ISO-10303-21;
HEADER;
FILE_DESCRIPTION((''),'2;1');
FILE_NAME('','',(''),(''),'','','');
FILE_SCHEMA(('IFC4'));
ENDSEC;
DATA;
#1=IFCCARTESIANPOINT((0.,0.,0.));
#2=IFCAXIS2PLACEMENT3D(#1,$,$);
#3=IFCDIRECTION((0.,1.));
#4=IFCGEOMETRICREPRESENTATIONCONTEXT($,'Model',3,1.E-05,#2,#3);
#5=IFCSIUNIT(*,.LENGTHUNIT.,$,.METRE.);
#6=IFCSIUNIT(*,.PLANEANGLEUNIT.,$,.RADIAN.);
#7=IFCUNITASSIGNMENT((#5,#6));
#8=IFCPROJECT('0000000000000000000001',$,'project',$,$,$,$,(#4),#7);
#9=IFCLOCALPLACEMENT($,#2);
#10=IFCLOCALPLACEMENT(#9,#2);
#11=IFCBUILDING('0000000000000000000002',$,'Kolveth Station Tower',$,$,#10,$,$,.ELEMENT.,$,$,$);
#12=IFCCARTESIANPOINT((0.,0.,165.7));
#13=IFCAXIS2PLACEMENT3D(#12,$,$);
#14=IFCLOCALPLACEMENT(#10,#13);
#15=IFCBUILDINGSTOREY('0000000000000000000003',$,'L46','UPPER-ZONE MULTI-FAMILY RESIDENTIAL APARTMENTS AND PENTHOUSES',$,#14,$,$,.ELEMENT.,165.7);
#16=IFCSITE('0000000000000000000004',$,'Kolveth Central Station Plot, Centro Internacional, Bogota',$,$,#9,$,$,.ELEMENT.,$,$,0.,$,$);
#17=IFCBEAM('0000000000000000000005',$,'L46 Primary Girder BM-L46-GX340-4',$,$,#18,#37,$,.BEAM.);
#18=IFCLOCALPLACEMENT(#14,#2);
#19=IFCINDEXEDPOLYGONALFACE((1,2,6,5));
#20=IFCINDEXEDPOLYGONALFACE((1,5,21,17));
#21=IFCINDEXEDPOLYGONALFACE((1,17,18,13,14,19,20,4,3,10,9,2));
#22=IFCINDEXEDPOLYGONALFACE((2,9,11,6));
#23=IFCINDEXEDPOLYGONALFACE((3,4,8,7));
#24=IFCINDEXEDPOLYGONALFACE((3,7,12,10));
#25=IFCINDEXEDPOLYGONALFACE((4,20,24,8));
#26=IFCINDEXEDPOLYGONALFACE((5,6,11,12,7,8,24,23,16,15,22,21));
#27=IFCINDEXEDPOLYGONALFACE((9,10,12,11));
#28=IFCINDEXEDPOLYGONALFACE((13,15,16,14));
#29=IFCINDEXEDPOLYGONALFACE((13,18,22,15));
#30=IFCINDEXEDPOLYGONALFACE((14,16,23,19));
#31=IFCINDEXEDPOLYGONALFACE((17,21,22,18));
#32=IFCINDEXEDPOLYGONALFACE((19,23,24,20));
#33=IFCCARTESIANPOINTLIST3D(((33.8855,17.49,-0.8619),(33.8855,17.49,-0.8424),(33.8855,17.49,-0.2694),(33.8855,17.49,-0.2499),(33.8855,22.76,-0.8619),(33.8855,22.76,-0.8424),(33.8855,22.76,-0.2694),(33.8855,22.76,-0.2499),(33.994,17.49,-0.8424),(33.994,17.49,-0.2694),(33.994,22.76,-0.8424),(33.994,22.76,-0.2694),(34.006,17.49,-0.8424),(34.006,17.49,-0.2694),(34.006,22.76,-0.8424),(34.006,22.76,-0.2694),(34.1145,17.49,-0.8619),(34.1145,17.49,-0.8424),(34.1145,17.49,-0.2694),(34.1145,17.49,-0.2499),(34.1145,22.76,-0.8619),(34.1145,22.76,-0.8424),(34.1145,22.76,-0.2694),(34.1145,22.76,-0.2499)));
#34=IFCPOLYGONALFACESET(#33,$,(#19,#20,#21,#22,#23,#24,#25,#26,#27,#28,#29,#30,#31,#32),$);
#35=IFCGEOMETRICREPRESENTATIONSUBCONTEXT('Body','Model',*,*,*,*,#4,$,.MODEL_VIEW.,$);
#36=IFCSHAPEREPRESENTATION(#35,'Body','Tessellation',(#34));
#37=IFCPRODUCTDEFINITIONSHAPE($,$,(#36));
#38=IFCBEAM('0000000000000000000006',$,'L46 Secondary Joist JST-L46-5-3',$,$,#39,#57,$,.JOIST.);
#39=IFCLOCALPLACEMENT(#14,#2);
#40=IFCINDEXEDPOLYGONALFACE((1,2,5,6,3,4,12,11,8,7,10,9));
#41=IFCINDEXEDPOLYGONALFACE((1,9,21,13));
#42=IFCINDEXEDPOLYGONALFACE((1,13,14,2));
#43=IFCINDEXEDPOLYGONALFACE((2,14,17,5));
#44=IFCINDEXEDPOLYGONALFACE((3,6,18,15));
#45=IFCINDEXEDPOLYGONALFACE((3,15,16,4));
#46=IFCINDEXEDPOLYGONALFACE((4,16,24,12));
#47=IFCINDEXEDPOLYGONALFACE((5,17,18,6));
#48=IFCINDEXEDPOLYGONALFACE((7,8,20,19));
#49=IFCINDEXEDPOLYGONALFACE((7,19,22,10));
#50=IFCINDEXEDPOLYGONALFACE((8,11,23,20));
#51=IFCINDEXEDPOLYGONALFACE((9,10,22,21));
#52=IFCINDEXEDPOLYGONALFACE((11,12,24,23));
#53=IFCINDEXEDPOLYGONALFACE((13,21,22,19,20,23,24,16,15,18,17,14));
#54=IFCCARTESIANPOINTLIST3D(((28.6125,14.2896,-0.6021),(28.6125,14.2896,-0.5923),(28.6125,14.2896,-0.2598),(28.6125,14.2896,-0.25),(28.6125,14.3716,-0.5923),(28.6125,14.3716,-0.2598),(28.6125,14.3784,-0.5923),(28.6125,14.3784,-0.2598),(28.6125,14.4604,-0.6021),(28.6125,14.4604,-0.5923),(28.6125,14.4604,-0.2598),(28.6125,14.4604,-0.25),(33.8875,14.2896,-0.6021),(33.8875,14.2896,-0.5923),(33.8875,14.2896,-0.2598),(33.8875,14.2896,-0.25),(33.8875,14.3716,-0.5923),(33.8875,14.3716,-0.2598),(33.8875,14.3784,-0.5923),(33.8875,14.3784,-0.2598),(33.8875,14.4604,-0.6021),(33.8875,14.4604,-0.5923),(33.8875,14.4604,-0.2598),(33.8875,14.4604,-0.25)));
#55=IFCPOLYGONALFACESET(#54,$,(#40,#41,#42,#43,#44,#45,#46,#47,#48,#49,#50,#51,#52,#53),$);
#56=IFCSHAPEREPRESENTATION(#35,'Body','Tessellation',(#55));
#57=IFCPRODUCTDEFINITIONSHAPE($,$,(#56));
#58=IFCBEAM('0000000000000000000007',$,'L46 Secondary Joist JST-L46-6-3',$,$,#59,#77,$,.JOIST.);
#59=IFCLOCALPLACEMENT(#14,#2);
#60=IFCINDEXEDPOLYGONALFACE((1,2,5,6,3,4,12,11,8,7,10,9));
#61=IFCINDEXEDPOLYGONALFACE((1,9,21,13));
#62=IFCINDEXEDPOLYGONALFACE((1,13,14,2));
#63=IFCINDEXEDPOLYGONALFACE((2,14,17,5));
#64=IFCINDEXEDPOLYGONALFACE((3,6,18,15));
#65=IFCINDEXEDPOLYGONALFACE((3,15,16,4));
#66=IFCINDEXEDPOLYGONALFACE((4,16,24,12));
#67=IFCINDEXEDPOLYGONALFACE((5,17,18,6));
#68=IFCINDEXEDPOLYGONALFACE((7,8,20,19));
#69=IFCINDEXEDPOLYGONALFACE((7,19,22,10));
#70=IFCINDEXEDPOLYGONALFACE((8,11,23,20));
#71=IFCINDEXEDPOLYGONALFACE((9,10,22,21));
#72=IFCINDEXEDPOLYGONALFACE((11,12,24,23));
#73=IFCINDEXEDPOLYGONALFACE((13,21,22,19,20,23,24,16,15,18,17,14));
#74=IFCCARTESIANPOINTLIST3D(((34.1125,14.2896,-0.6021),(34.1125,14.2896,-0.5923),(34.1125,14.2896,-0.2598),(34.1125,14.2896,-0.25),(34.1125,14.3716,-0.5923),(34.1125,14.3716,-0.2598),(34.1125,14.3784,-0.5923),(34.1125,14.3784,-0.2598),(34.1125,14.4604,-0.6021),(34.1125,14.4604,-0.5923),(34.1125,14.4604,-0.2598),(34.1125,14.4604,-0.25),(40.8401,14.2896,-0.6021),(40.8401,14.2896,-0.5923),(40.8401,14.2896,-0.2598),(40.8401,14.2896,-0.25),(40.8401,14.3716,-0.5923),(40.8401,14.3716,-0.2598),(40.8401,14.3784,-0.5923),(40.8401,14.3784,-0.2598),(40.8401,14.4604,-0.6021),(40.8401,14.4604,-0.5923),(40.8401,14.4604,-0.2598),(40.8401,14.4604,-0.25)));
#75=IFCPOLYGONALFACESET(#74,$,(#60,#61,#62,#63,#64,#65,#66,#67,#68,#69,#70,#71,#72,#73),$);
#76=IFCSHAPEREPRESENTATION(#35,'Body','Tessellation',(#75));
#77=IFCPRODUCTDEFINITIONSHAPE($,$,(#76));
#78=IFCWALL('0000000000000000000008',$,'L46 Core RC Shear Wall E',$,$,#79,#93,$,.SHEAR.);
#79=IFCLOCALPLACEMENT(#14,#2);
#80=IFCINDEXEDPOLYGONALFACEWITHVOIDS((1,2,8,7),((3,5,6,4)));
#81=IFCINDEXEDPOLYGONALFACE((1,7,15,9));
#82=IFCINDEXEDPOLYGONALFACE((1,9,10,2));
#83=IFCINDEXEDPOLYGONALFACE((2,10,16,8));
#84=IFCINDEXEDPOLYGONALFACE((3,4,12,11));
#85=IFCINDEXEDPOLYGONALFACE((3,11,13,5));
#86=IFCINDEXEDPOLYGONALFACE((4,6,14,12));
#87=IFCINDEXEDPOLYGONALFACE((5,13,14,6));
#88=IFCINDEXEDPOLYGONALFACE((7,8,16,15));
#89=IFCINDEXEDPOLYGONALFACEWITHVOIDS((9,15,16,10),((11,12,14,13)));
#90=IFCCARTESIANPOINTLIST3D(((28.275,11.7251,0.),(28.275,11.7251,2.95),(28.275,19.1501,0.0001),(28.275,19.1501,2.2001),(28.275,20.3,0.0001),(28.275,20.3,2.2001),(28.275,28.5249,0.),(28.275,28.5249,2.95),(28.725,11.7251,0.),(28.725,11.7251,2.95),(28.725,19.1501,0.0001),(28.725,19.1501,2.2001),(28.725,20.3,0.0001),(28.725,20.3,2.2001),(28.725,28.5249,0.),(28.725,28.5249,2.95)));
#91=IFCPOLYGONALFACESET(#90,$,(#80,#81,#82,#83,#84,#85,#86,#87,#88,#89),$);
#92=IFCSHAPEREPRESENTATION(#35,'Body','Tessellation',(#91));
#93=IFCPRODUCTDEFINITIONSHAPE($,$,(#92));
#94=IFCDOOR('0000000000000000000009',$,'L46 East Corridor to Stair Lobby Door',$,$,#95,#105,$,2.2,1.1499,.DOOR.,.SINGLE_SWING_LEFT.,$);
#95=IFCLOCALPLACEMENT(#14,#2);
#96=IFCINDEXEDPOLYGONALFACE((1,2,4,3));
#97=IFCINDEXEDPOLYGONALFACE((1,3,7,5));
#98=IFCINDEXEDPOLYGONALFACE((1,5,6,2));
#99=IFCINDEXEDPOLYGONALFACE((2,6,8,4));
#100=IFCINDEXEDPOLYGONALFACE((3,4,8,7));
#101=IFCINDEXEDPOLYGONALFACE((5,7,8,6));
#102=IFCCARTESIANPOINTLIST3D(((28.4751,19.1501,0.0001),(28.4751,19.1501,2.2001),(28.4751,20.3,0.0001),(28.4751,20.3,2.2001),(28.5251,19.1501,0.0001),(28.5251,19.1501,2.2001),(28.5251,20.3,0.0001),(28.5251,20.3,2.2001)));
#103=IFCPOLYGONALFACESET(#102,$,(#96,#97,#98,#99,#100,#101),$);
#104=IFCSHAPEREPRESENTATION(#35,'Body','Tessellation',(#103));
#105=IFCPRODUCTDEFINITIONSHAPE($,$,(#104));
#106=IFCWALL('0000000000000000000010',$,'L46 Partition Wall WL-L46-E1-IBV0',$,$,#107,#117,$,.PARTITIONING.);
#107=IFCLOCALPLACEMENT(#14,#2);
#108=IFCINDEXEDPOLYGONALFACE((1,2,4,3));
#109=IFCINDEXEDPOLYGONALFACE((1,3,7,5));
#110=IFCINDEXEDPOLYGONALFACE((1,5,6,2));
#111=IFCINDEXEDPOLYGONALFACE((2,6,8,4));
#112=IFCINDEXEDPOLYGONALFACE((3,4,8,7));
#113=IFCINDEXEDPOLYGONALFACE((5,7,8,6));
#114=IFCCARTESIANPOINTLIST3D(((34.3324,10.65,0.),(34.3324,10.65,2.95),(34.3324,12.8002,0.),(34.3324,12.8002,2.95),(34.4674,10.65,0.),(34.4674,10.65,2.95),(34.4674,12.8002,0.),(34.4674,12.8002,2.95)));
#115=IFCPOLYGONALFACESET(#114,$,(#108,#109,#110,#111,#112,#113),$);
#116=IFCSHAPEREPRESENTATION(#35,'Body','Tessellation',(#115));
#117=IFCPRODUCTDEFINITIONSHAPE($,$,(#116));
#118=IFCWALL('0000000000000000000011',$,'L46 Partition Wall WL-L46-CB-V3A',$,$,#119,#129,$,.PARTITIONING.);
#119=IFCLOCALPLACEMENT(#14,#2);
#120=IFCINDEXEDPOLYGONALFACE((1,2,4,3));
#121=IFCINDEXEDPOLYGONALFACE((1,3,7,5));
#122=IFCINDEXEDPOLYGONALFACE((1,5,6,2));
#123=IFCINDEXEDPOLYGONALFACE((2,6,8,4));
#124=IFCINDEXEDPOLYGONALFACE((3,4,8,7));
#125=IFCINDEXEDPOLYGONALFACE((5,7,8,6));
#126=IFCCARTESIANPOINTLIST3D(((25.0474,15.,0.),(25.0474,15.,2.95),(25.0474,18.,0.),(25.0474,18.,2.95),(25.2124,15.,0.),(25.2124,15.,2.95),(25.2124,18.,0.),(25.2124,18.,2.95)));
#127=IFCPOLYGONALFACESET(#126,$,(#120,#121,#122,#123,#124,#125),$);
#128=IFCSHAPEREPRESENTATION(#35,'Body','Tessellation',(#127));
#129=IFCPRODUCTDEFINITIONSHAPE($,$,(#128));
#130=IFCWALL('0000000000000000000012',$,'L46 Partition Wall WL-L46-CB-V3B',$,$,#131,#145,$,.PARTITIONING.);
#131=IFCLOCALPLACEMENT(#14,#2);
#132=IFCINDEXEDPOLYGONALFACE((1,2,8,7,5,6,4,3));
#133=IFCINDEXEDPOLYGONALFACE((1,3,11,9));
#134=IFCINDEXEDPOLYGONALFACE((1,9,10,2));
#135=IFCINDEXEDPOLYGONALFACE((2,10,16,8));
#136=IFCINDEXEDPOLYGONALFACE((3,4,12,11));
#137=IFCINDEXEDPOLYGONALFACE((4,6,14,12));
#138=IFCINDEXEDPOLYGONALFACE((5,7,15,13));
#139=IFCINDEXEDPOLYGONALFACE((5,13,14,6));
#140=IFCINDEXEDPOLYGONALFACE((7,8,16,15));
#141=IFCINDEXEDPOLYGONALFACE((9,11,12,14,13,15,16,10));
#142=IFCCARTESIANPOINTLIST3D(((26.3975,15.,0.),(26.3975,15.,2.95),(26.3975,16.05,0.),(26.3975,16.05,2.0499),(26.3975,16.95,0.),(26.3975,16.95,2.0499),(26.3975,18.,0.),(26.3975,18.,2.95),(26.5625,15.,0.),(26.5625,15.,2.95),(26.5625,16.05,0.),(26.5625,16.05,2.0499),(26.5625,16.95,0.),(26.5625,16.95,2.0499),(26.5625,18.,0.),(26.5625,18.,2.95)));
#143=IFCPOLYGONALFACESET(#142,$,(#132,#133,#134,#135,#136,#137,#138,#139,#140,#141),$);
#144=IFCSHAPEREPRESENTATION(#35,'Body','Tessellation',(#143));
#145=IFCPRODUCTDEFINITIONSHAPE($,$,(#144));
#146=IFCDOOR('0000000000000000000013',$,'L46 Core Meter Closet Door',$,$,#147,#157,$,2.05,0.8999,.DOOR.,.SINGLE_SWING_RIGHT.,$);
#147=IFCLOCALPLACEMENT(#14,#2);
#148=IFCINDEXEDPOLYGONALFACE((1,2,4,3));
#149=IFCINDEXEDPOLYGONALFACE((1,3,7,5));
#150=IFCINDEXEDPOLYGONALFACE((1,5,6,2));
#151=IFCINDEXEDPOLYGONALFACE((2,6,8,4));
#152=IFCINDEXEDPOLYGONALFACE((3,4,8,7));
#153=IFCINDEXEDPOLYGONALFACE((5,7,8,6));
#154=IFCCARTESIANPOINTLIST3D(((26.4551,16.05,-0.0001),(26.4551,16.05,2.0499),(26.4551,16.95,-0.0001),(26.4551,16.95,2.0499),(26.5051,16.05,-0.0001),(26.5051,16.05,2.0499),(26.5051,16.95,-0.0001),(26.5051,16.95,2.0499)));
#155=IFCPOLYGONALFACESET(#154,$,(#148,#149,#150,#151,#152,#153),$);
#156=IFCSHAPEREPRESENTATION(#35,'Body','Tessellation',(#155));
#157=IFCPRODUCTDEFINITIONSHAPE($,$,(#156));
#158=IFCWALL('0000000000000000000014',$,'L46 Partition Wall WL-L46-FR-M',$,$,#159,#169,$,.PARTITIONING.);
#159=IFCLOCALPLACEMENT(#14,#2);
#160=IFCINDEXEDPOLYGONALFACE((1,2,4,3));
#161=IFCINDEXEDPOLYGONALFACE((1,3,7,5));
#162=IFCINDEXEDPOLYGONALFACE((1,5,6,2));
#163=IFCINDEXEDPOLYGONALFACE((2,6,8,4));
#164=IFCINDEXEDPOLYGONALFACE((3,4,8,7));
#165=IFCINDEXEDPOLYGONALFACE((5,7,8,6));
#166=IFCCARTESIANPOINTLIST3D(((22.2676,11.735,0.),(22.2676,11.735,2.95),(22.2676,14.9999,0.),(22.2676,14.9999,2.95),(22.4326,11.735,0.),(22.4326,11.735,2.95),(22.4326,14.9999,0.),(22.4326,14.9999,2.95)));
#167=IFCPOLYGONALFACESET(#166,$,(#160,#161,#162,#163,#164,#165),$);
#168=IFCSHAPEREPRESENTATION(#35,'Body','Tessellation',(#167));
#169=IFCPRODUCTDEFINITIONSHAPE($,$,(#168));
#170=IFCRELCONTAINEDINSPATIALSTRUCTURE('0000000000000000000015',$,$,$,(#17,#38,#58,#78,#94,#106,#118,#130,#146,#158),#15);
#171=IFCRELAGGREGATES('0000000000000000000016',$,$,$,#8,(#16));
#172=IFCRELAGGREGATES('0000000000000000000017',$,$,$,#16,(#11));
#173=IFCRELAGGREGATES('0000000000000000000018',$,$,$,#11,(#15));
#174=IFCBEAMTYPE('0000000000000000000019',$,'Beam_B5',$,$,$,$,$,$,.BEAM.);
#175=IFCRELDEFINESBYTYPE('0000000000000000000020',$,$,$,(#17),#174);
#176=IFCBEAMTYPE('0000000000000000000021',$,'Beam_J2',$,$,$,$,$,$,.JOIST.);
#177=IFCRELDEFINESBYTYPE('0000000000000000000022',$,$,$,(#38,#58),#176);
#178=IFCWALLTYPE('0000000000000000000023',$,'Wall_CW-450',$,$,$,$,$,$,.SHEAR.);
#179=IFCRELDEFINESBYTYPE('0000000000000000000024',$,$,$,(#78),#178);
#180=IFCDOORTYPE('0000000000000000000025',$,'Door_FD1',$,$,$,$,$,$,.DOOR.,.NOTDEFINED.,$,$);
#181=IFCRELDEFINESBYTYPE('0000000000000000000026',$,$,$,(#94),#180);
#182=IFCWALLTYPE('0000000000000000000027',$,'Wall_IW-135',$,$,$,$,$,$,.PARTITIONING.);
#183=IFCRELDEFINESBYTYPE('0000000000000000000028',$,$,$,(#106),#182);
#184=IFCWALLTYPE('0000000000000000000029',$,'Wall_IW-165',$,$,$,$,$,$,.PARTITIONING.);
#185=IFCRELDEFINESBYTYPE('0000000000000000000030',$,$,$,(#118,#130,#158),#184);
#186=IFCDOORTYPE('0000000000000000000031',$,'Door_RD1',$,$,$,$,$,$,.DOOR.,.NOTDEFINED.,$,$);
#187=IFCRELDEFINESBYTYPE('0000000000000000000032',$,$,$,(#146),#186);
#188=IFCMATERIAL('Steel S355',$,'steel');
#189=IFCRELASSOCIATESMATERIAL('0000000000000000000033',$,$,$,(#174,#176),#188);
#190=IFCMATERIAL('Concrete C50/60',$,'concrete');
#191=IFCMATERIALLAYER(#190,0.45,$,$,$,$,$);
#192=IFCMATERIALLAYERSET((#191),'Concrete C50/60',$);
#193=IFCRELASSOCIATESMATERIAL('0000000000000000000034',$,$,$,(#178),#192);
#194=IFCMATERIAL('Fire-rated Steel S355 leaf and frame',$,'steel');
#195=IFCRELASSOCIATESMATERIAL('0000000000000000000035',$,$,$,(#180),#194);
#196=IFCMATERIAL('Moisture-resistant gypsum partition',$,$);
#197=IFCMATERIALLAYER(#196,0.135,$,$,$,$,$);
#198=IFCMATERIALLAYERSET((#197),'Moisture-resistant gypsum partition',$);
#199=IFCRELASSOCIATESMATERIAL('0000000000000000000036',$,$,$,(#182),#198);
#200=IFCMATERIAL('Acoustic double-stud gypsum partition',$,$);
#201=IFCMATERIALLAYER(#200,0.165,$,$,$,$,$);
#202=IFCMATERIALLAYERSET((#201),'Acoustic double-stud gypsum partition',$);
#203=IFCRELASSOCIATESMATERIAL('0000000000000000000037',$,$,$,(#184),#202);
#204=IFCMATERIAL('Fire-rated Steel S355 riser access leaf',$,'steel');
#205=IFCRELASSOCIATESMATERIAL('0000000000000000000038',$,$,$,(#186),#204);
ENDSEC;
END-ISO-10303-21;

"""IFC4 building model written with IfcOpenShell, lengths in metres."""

from ifc_helpers import new_model, si_unit, direction, frame, frame_2d, origin, origin_2d, place, context, subcontext, project, spatial, rectangle, i_section, extrude, source, transform, mapped, material, layer, layer_set, material_profile, profile_set, type_object, element, fill, save


model = new_model("IFC4")

# Units and contexts
model_context = context("Model", 3, precision=1e-05, world=origin(), true_north=direction((0.0, 1.0)))
body_context = subcontext(model_context, "Body", "Model", "MODEL_VIEW")
ifc_project = project(units=[si_unit("LENGTHUNIT", "METRE"), si_unit("PLANEANGLEUNIT", "RADIAN")], contexts=[model_context])

# Site, building, storey
site_placement = place(None, origin())
site = spatial("IfcSite", under=ifc_project, at=site_placement, Name="Kolveth Central Station Plot, Centro Internacional, Bogota", CompositionType="ELEMENT", RefElevation=0.0)
building_placement = place(site_placement, origin())
building = spatial("IfcBuilding", under=site, at=building_placement, Name="Kolveth Station Tower", CompositionType="ELEMENT")
storey_placement = place(building_placement, frame((0.0, 0.0, 165.7)))
storey = spatial("IfcBuildingStorey", under=building, at=storey_placement, Name="L46", Description="UPPER-ZONE MULTI-FAMILY RESIDENTIAL APARTMENTS AND PENTHOUSES", CompositionType="ELEMENT", Elevation=165.7)

# Shared definitions
ifc_material_1 = material(Name="Steel S355", Category="steel")

# Beams
ifc_material_profile_1 = material_profile(ifc_material_1, i_section(OverallWidth=0.229, OverallDepth=0.6121, WebThickness=0.012, FlangeThickness=0.0195, at=origin_2d()), Name="W610x125")
ifc_profile_set_1 = profile_set([ifc_material_profile_1], Name="Steel S355")
beam_type_1 = type_object("IfcBeamType", Name="Beam_B5", PredefinedType="BEAM", material=ifc_profile_set_1)
shared_shape_1 = source(origin(), body_context, "Body", "SweptSolid", [
    extrude(i_section(OverallWidth=0.229, OverallDepth=0.6121, WebThickness=0.012, FlangeThickness=0.0195, at=origin_2d()), origin(), (0.0, 0.0, 1.0), 5.27),
])
for number, where, z_axis, x_axis, name in (
    (1, (34.0, 17.49, -0.5559), (0.0, 1.0, 0.0), (-1.0, 0.0, 0.0), "L46 Primary Girder BM-L46-GX340-4"),
):
    element("IfcBeam", number, at=place(storey_placement, frame(where, z_axis=z_axis, x_axis=x_axis)), inside=storey, type_object=beam_type_1, Name=name, PredefinedType="BEAM", context=body_context, shape_type="MappedRepresentation", body=[
        mapped(shared_shape_1, transform((0.0, 0.0, 0.0), x_axis=(1.0, 0.0, 0.0), y_axis=(0.0, 1.0, 0.0), z_axis=(0.0, 0.0, 1.0), scale=1.0)),
    ])
ifc_material_profile_2 = material_profile(ifc_material_1, i_section(OverallWidth=0.1709, OverallDepth=0.3521, WebThickness=0.0068, FlangeThickness=0.0098, at=origin_2d()), Name="W360x44")
ifc_profile_set_2 = profile_set([ifc_material_profile_2], Name="Steel S355")
beam_type_2 = type_object("IfcBeamType", Name="Beam_J2", PredefinedType="JOIST", material=ifc_profile_set_2)
shared_shape_2 = source(origin(), body_context, "Body", "SweptSolid", [
    extrude(i_section(OverallWidth=0.1709, OverallDepth=0.3521, WebThickness=0.0068, FlangeThickness=0.0098, at=origin_2d()), origin(), (0.0, 0.0, 1.0), 5.2749),
])
beam_1_placement = place(storey_placement, frame((28.6125, 14.375, -0.426), z_axis=(1.0, 0.0, 0.0), x_axis=(0.0, 1.0, 0.0)))
element("IfcBeam", 2, at=beam_1_placement, inside=storey, type_object=beam_type_2, Name="L46 Secondary Joist JST-L46-5-3", PredefinedType="JOIST", context=body_context, shape_type="MappedRepresentation", body=[
    mapped(shared_shape_2, transform((0.0, 0.0, 0.0), x_axis=(1.0, 0.0, 0.0), y_axis=(0.0, 1.0, 0.0), z_axis=(0.0, 0.0, 1.0), scale=1.0)),
])
shared_shape_3 = source(origin(), body_context, "Body", "SweptSolid", [
    extrude(i_section(OverallWidth=0.1709, OverallDepth=0.3521, WebThickness=0.0068, FlangeThickness=0.0098, at=origin_2d()), origin(), (0.0, 0.0, 1.0), 6.7275),
])
beam_2_placement = place(storey_placement, frame((34.1125, 14.375, -0.426), z_axis=(1.0, 0.0, 0.0), x_axis=(0.0, 1.0, 0.0)))
element("IfcBeam", 3, at=beam_2_placement, inside=storey, type_object=beam_type_2, Name="L46 Secondary Joist JST-L46-6-3", PredefinedType="JOIST", context=body_context, shape_type="MappedRepresentation", body=[
    mapped(shared_shape_3, transform((0.0, 0.0, 0.0), x_axis=(1.0, 0.0, 0.0), y_axis=(0.0, 1.0, 0.0), z_axis=(0.0, 0.0, 1.0), scale=1.0)),
])

# Wall, opening, door
ifc_material_2 = material(Name="Concrete C50/60", Category="concrete")
ifc_layer_1 = layer(ifc_material_2, 0.45)
ifc_layer_set_1 = layer_set([ifc_layer_1], Name="Concrete C50/60")
wall_type_1 = type_object("IfcWallType", Name="Wall_CW-450", PredefinedType="SHEAR", material=ifc_layer_set_1)
wall_1_placement = place(storey_placement, frame((28.5, 11.7251, 0.0), z_axis=(0.0, 0.0, 1.0), x_axis=(0.0, 1.0, 0.0)))
wall_1 = element("IfcWall", 4, at=wall_1_placement, inside=storey, type_object=wall_type_1, Name="L46 Core RC Shear Wall E", PredefinedType="SHEAR", context=body_context, shape_type="SweptSolid", body=[
    extrude(rectangle(XDim=16.7998, YDim=0.45, at=frame_2d((8.3999, 0.0))), origin(), (0.0, 0.0, 1.0), 2.95),
])
opening_1_placement = place(wall_1_placement, frame((7.425, 0.0, 0.0)))
opening_1 = element("IfcOpeningElement", 5, at=opening_1_placement, cuts=wall_1, PredefinedType="OPENING", context=body_context, shape_type="SweptSolid", body=[
    extrude(rectangle(XDim=1.1499, YDim=2.2, at=frame_2d((0.575, 1.1001))), frame((0.0, 0.2349, 0.0), z_axis=(0.0, -1.0, 0.0), x_axis=(1.0, 0.0, 0.0)), (0.0, 0.0, 1.0), 0.47),
])
ifc_material_3 = material(Name="Fire-rated Steel S355 leaf and frame", Category="steel")
door_type_1 = type_object("IfcDoorType", Name="Door_FD1", OperationType="NOTDEFINED", PredefinedType="DOOR", material=ifc_material_3)
door_1_placement = place(opening_1_placement, origin())
door_1 = element("IfcDoor", 6, at=door_1_placement, inside=storey, type_object=door_type_1, Name="L46 East Corridor to Stair Lobby Door", OperationType="SINGLE_SWING_LEFT", OverallHeight=2.2, OverallWidth=1.1499, PredefinedType="DOOR", context=body_context, shape_type="SweptSolid", body=[
    extrude(rectangle(XDim=1.1499, YDim=2.2, at=frame_2d((0.575, 1.1001))), frame((0.0, 0.0249, 0.0), z_axis=(0.0, -1.0, 0.0), x_axis=(1.0, 0.0, 0.0)), (0.0, 0.0, 1.0), 0.05),
])
fill(opening_1, door_1)
ifc_material_4 = material(Name="Moisture-resistant gypsum partition")
ifc_layer_2 = layer(ifc_material_4, 0.135)
ifc_layer_set_2 = layer_set([ifc_layer_2], Name="Moisture-resistant gypsum partition")
wall_type_2 = type_object("IfcWallType", Name="Wall_IW-135", PredefinedType="PARTITIONING", material=ifc_layer_set_2)

# Walls
wall_2_placement = place(storey_placement, frame((34.3999, 10.6499, 0.0), z_axis=(0.0, 0.0, 1.0), x_axis=(0.0, 1.0, 0.0)))
element("IfcWall", 7, at=wall_2_placement, inside=storey, type_object=wall_type_2, Name="L46 Partition Wall WL-L46-E1-IBV0", PredefinedType="PARTITIONING", context=body_context, shape_type="SweptSolid", body=[
    extrude(rectangle(XDim=2.1501, YDim=0.135, at=frame_2d((1.0752, 0.0))), origin(), (0.0, 0.0, 1.0), 2.95),
])
ifc_material_5 = material(Name="Acoustic double-stud gypsum partition")
ifc_layer_3 = layer(ifc_material_5, 0.165)
ifc_layer_set_3 = layer_set([ifc_layer_3], Name="Acoustic double-stud gypsum partition")
wall_type_3 = type_object("IfcWallType", Name="Wall_IW-165", PredefinedType="PARTITIONING", material=ifc_layer_set_3)
wall_3_placement = place(storey_placement, frame((25.1299, 15.0, 0.0), z_axis=(0.0, 0.0, 1.0), x_axis=(0.0, 1.0, 0.0)))
element("IfcWall", 8, at=wall_3_placement, inside=storey, type_object=wall_type_3, Name="L46 Partition Wall WL-L46-CB-V3A", PredefinedType="PARTITIONING", context=body_context, shape_type="SweptSolid", body=[
    extrude(rectangle(XDim=3.0, YDim=0.165, at=frame_2d((1.5, 0.0))), origin(), (0.0, 0.0, 1.0), 2.95),
])

# Wall, opening, door
wall_4_placement = place(storey_placement, frame((26.48, 15.0, 0.0), z_axis=(0.0, 0.0, 1.0), x_axis=(0.0, 1.0, 0.0)))
wall_4 = element("IfcWall", 9, at=wall_4_placement, inside=storey, type_object=wall_type_3, Name="L46 Partition Wall WL-L46-CB-V3B", PredefinedType="PARTITIONING", context=body_context, shape_type="SweptSolid", body=[
    extrude(rectangle(XDim=3.0, YDim=0.165, at=frame_2d((1.5, 0.0))), origin(), (0.0, 0.0, 1.0), 2.95),
])
opening_2_placement = place(wall_4_placement, frame((1.05, 0.0, 0.0)))
opening_2 = element("IfcOpeningElement", 10, at=opening_2_placement, cuts=wall_4, PredefinedType="OPENING", context=body_context, shape_type="SweptSolid", body=[
    extrude(rectangle(XDim=0.8999, YDim=2.05, at=frame_2d((0.45, 1.0249))), frame((0.0, 0.0925, 0.0), z_axis=(0.0, -1.0, 0.0), x_axis=(1.0, 0.0, 0.0)), (0.0, 0.0, 1.0), 0.1851),
])
ifc_material_6 = material(Name="Fire-rated Steel S355 riser access leaf", Category="steel")
door_type_2 = type_object("IfcDoorType", Name="Door_RD1", OperationType="NOTDEFINED", PredefinedType="DOOR", material=ifc_material_6)
door_2_placement = place(opening_2_placement, origin())
door_2 = element("IfcDoor", 11, at=door_2_placement, inside=storey, type_object=door_type_2, Name="L46 Core Meter Closet Door", OperationType="SINGLE_SWING_RIGHT", OverallHeight=2.05, OverallWidth=0.8999, PredefinedType="DOOR", context=body_context, shape_type="SweptSolid", body=[
    extrude(rectangle(XDim=0.8999, YDim=2.05, at=frame_2d((0.45, 1.0249))), frame((0.0, 0.0249, 0.0), z_axis=(0.0, -1.0, 0.0), x_axis=(1.0, 0.0, 0.0)), (0.0, 0.0, 1.0), 0.05),
])
fill(opening_2, door_2)

# Wall
wall_5_placement = place(storey_placement, frame((22.3501, 11.7351, 0.0), z_axis=(0.0, 0.0, 1.0), x_axis=(0.0, 1.0, 0.0)))
element("IfcWall", 12, at=wall_5_placement, inside=storey, type_object=wall_type_3, Name="L46 Partition Wall WL-L46-FR-M", PredefinedType="PARTITIONING", context=body_context, shape_type="SweptSolid", body=[
    extrude(rectangle(XDim=3.2649, YDim=0.165, at=frame_2d((1.6323, 0.0))), origin(), (0.0, 0.0, 1.0), 2.95),
])

save(model, "model.ifc")
